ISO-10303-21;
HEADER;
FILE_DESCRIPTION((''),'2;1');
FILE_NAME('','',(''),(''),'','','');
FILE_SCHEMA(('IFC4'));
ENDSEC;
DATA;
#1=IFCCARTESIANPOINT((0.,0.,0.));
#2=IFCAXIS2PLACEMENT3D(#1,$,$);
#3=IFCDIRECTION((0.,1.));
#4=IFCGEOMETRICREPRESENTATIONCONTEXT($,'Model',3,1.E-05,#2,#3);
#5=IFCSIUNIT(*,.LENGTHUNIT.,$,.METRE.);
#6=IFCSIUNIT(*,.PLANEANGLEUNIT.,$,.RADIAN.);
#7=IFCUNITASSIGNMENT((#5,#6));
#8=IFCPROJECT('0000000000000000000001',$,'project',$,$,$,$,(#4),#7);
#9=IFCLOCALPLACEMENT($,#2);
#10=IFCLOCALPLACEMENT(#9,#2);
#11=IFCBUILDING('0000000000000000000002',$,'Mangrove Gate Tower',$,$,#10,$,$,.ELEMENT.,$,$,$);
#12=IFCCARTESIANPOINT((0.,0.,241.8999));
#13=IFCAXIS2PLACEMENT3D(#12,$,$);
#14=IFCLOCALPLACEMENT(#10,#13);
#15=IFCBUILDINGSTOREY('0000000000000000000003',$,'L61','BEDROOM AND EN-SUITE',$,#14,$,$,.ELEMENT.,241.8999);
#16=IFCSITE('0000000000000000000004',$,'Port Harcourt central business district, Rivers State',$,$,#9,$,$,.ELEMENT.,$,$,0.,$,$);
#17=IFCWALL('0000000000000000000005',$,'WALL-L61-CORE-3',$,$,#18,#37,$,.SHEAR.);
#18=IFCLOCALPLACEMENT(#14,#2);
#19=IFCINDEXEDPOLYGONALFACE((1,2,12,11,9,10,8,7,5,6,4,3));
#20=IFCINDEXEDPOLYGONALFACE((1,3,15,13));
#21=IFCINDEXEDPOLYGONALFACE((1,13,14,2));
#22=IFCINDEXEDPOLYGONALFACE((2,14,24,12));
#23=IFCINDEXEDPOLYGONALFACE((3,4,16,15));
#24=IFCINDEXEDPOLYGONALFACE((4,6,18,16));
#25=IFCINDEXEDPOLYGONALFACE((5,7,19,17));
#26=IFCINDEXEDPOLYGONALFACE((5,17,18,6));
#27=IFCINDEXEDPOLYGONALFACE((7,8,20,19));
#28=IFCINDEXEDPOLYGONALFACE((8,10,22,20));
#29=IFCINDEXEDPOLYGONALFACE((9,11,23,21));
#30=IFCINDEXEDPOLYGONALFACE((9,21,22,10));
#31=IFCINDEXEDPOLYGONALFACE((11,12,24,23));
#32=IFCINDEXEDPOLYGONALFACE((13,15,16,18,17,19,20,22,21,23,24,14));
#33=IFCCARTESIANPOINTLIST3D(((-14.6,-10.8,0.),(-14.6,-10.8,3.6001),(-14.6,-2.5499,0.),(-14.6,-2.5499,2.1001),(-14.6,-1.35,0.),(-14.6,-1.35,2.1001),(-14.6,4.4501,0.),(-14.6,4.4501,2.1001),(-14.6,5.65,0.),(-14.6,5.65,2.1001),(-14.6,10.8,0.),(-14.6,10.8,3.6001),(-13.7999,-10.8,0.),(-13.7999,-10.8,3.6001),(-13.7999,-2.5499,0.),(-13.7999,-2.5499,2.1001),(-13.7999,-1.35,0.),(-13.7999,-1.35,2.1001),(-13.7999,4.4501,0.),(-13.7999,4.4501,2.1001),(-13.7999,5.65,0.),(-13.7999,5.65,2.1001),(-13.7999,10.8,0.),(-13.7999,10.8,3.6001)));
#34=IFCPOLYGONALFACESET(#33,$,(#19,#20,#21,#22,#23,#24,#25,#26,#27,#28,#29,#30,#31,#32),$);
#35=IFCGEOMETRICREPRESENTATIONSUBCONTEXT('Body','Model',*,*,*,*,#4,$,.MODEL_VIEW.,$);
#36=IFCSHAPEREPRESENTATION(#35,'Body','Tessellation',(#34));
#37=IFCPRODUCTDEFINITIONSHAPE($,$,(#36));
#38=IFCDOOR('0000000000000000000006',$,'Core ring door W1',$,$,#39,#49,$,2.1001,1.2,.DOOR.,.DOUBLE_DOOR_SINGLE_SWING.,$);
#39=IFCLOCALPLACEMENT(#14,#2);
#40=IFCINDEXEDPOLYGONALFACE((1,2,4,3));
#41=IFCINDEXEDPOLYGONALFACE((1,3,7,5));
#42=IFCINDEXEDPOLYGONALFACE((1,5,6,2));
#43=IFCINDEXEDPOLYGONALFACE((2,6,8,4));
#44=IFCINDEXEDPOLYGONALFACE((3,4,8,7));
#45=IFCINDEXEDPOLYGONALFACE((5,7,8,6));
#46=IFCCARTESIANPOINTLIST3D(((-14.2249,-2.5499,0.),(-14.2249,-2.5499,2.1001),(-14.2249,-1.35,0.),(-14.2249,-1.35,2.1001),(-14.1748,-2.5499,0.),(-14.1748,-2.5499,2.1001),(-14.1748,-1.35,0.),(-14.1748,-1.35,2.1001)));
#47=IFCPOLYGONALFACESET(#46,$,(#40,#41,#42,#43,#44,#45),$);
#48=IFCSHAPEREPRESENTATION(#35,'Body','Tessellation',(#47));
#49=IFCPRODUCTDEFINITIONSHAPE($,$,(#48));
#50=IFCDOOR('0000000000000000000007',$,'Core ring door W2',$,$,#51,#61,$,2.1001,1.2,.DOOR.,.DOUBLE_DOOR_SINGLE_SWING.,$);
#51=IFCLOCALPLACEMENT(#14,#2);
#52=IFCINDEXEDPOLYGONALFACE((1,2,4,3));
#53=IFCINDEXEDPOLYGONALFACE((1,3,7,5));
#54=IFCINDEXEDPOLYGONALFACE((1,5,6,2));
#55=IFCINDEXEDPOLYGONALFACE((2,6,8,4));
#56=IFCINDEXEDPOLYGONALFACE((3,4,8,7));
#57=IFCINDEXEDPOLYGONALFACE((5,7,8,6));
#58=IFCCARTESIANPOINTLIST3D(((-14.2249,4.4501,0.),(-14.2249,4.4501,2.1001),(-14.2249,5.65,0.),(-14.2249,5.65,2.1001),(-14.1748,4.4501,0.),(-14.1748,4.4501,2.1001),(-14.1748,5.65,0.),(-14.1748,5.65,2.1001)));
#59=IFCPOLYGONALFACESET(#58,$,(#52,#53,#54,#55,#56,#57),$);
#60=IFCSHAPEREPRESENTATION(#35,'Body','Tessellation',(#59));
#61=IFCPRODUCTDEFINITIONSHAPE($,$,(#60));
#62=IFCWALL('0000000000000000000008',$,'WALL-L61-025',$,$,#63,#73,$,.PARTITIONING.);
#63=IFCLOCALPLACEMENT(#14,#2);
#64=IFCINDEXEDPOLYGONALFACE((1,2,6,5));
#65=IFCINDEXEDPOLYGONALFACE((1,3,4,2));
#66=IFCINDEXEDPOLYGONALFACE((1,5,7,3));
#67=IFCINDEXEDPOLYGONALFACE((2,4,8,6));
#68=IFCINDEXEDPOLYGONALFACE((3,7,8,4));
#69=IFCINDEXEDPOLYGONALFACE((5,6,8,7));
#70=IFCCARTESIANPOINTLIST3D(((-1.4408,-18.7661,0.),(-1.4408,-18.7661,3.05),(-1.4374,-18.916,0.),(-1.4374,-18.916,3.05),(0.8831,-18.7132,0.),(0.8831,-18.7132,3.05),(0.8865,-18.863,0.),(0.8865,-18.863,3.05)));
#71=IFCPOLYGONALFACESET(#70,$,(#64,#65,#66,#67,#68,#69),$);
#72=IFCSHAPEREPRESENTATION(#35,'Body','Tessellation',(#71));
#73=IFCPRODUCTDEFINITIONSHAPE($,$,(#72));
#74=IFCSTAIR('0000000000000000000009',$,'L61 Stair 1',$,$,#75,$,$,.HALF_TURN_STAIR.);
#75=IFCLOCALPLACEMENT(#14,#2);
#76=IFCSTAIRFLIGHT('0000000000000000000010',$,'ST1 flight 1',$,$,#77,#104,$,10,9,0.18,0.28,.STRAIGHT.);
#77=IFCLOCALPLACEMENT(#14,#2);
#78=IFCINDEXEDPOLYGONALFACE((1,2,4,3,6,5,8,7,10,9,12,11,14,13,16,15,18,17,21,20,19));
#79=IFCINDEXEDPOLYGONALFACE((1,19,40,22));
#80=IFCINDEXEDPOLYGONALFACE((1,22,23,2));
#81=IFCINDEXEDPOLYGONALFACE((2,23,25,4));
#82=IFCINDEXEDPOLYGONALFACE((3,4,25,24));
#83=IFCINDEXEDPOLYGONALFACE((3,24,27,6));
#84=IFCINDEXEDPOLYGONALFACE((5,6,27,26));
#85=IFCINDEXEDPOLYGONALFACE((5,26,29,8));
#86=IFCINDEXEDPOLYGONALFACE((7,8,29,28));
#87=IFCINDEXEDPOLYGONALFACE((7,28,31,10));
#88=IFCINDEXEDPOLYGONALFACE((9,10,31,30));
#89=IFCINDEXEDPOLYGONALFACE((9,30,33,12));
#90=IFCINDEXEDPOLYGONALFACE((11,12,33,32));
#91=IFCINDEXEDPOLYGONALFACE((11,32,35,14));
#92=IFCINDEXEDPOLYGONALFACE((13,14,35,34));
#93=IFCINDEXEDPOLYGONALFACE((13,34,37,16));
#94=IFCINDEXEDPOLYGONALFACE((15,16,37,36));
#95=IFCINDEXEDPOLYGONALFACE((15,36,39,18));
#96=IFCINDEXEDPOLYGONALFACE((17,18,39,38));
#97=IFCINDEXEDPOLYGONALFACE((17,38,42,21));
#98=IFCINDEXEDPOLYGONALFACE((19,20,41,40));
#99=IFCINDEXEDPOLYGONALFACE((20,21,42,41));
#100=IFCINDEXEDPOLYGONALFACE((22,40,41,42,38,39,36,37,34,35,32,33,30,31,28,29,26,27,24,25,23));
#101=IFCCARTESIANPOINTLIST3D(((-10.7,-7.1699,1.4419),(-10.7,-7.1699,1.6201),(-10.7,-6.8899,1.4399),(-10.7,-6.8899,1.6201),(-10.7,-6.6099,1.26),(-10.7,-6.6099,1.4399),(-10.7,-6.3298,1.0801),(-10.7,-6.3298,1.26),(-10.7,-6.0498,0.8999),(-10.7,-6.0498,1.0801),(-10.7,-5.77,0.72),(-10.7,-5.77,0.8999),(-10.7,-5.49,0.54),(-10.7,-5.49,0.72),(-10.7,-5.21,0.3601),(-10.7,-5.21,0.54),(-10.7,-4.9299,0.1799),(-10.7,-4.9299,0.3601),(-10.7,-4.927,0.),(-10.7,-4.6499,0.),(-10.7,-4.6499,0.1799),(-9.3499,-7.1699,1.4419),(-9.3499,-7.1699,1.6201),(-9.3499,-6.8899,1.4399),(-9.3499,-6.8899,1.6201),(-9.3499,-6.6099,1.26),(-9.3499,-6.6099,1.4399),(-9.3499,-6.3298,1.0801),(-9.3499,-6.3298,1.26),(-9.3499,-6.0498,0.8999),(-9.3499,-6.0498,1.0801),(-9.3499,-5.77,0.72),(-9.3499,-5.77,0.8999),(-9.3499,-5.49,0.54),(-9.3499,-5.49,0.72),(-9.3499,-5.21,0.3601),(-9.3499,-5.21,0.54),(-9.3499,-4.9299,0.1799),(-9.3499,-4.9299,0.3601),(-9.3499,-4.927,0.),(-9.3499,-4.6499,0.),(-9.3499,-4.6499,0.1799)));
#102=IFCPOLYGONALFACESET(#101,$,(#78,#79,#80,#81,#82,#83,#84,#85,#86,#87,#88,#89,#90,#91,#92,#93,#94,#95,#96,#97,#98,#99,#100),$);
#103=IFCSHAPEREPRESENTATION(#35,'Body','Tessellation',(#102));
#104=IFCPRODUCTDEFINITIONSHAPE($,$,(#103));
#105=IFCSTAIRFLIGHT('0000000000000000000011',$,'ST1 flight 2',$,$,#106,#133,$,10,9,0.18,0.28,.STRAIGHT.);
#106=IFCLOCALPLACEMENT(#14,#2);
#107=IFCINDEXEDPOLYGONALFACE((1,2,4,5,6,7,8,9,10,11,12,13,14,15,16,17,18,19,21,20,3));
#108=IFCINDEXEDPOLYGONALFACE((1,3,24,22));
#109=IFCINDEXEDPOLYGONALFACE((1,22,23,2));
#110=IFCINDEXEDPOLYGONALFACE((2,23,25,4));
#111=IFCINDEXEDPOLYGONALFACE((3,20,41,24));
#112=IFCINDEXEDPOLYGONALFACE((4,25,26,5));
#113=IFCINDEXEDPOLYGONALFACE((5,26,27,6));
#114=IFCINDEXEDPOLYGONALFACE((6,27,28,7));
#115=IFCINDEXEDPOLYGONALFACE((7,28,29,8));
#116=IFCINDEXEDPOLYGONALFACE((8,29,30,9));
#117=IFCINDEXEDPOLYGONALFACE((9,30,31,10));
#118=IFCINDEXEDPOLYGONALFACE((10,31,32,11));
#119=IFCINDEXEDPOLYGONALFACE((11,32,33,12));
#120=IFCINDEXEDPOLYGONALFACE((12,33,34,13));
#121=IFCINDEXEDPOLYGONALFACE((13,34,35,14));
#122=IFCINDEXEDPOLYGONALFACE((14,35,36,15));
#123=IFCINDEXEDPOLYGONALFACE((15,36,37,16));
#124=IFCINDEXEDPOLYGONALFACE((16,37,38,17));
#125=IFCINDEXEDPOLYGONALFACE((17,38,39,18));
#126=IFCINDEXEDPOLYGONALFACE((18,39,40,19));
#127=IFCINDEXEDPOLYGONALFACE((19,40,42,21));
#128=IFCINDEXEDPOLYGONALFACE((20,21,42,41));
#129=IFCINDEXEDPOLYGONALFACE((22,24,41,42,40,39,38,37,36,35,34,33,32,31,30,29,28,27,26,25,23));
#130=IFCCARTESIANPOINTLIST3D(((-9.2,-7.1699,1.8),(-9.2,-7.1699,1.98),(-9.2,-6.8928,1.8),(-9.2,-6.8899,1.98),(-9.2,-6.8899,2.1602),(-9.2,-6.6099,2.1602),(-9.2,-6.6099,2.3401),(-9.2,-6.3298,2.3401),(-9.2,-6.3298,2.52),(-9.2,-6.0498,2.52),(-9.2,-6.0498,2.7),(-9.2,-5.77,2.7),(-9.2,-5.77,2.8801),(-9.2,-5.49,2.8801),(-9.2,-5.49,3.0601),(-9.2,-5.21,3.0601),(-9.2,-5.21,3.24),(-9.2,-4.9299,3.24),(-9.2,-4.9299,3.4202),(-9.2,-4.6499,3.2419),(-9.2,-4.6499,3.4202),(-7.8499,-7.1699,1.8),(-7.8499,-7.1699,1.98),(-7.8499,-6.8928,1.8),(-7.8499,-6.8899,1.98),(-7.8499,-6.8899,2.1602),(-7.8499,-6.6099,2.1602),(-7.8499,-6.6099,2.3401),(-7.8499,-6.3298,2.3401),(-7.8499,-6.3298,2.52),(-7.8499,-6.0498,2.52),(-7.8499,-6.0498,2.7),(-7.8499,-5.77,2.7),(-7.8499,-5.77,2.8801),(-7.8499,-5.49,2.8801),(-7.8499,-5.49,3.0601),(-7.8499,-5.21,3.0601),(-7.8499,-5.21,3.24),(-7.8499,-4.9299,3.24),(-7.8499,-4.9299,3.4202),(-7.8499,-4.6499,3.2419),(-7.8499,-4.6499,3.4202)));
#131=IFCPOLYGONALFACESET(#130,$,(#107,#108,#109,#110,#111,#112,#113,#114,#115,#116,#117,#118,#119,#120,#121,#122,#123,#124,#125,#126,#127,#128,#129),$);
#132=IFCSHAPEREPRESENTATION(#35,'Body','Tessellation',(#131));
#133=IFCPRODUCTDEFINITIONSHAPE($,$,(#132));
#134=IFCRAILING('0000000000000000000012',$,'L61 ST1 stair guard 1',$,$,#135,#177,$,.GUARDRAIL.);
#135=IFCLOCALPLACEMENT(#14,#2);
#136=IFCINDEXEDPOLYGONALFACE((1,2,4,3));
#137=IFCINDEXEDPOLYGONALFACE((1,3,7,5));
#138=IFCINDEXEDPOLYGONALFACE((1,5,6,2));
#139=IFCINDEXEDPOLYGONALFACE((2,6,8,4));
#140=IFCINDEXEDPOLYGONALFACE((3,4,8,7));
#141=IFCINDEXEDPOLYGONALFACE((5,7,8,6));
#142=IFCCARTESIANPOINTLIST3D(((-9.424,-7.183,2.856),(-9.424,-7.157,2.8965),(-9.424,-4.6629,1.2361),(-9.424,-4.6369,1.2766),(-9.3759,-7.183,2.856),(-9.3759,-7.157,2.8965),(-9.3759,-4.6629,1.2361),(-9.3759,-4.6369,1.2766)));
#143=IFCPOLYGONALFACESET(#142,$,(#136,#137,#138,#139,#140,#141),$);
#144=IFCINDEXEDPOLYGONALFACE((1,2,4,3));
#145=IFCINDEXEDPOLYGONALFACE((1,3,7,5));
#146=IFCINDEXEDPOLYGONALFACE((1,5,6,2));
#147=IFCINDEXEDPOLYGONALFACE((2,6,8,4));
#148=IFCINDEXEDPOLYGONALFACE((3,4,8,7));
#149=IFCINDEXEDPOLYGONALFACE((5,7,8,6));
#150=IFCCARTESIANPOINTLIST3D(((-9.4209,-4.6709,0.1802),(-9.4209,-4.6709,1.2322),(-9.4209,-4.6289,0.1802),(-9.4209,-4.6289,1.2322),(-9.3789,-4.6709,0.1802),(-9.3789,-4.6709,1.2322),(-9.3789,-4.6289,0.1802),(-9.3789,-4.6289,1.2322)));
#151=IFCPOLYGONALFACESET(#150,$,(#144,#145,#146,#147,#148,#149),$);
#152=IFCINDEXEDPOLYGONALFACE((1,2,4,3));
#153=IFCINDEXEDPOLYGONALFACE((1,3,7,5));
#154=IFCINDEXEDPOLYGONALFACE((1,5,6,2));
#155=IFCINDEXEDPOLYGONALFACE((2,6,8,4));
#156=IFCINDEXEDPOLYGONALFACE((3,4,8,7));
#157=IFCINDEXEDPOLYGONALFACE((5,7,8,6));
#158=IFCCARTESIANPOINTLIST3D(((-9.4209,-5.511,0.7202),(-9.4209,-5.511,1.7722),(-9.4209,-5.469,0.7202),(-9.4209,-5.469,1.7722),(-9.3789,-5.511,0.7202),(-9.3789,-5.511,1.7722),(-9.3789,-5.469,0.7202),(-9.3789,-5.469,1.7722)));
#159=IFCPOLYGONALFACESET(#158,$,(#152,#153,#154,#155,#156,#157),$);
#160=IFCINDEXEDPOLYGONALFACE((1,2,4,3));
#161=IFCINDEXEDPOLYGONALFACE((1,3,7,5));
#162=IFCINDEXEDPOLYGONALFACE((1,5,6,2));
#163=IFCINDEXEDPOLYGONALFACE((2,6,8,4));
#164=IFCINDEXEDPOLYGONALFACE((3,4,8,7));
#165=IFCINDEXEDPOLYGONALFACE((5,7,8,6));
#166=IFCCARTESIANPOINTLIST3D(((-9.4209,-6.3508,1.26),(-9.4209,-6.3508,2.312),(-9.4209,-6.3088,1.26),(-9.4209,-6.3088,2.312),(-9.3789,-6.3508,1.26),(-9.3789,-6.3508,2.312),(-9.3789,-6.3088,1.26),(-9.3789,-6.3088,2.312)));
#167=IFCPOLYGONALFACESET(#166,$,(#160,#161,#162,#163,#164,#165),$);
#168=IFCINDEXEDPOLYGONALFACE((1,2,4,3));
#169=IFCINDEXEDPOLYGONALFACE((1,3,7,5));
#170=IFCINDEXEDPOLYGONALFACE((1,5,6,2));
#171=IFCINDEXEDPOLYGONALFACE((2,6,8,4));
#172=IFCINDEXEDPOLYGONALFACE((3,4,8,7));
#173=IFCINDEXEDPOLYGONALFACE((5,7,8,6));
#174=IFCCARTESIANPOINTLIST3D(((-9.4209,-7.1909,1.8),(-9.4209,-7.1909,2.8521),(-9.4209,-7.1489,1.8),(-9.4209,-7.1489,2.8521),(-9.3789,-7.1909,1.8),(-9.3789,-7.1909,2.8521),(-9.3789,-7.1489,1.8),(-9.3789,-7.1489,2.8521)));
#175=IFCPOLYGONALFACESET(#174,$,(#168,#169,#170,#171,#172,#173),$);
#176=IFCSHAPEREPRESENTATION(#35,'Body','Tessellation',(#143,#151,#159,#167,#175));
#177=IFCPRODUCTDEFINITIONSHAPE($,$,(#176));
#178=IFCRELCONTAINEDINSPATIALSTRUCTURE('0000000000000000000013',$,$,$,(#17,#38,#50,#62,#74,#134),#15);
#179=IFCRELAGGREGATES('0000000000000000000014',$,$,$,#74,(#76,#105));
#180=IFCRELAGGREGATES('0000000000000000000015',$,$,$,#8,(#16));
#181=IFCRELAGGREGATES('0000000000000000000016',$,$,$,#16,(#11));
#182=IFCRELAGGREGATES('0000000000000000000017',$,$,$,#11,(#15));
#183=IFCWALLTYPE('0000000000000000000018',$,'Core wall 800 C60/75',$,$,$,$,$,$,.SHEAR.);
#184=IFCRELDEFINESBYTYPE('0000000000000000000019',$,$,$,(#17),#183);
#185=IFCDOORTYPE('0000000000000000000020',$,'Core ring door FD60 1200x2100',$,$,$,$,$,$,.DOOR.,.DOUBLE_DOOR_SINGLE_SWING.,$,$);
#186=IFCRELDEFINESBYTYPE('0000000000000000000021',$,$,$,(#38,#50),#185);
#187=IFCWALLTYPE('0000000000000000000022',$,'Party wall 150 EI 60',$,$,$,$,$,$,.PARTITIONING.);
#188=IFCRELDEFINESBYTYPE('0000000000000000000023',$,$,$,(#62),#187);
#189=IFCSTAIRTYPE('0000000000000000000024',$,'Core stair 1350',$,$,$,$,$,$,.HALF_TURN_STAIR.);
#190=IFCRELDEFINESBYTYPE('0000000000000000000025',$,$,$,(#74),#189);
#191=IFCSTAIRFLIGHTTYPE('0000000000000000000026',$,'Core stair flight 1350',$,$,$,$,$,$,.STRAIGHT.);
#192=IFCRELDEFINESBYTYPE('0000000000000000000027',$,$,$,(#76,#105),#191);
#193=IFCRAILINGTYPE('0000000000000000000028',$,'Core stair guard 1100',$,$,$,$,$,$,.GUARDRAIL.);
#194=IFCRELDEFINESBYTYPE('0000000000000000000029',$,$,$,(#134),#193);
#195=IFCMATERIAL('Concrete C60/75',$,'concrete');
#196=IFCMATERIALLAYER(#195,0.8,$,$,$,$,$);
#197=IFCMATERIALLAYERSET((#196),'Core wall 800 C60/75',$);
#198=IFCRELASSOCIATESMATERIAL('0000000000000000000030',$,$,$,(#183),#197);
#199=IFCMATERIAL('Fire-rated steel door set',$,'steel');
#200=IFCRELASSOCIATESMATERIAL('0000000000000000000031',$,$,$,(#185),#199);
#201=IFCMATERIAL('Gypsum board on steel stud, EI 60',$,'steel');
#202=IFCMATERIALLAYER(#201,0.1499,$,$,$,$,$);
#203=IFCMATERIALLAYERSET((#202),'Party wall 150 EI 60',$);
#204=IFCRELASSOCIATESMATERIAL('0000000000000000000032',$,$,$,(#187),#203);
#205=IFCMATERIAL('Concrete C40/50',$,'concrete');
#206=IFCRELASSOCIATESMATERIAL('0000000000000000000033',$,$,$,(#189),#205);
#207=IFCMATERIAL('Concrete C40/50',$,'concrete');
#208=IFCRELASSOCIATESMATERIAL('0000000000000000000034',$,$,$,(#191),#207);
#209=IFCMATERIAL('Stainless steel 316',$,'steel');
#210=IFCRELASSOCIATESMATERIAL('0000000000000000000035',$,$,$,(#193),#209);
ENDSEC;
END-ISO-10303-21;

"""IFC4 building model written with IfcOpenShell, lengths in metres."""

from ifc_helpers import new_model, si_unit, direction, frame, frame_2d, origin, origin_2d, place, context, subcontext, project, spatial, polyline, rectangle, outline, extrude, material, layer, layer_set, type_object, element, fill, aggregate, save


model = new_model("IFC4")

# Units and contexts
model_context = context("Model", 3, precision=1e-05, world=origin(), true_north=direction((0.0, 1.0)))
body_context = subcontext(model_context, "Body", "Model", "MODEL_VIEW")
ifc_project = project(units=[si_unit("LENGTHUNIT", "METRE"), si_unit("PLANEANGLEUNIT", "RADIAN")], contexts=[model_context])

# Site, building, storey
site_placement = place(None, origin())
site = spatial("IfcSite", under=ifc_project, at=site_placement, Name="Port Harcourt central business district, Rivers State", CompositionType="ELEMENT", RefElevation=0.0)
building_placement = place(site_placement, origin())
building = spatial("IfcBuilding", under=site, at=building_placement, Name="Mangrove Gate Tower", CompositionType="ELEMENT")
storey_placement = place(building_placement, frame((0.0, 0.0, 241.8999)))
storey = spatial("IfcBuildingStorey", under=building, at=storey_placement, Name="L61", Description="BEDROOM AND EN-SUITE", CompositionType="ELEMENT", Elevation=241.8999)

# Shared definitions
ifc_material_1 = material(Name="Concrete C60/75", Category="concrete")
ifc_layer_1 = layer(ifc_material_1, 0.8)
ifc_layer_set_1 = layer_set([ifc_layer_1], Name="Core wall 800 C60/75")
wall_type_1 = type_object("IfcWallType", Name="Core wall 800 C60/75", PredefinedType="SHEAR", material=ifc_layer_set_1)

# Wall, openings, doors
wall_1_placement = place(storey_placement, frame((-14.2, -10.8, 0.0), z_axis=(0.0, 0.0, 1.0), x_axis=(0.0, 1.0, 0.0)))
wall_1 = element("IfcWall", 1, at=wall_1_placement, inside=storey, type_object=wall_type_1, Name="WALL-L61-CORE-3", PredefinedType="SHEAR", context=body_context, shape_type="SweptSolid", body=[
    extrude(rectangle(XDim=21.6001, YDim=0.8, at=frame_2d((10.8, 0.0))), origin(), (0.0, 0.0, 1.0), 3.6001),
])
opening_1_placement = place(wall_1_placement, frame((8.25, 0.0, 0.0)))
opening_1 = element("IfcOpeningElement", 2, at=opening_1_placement, cuts=wall_1, PredefinedType="OPENING", context=body_context, shape_type="SweptSolid", body=[
    extrude(rectangle(XDim=1.2, YDim=2.1001, at=frame_2d((0.6001, 1.05))), frame((0.0, 0.4099, 0.0), z_axis=(0.0, -1.0, 0.0), x_axis=(1.0, 0.0, 0.0)), (0.0, 0.0, 1.0), 0.8201),
])
opening_2_placement = place(wall_1_placement, frame((15.25, 0.0, 0.0)))
opening_2 = element("IfcOpeningElement", 3, at=opening_2_placement, cuts=wall_1, PredefinedType="OPENING", context=body_context, shape_type="SweptSolid", body=[
    extrude(rectangle(XDim=1.2, YDim=2.1001, at=frame_2d((0.6001, 1.05))), frame((0.0, 0.4099, 0.0), z_axis=(0.0, -1.0, 0.0), x_axis=(1.0, 0.0, 0.0)), (0.0, 0.0, 1.0), 0.8201),
])
ifc_material_2 = material(Name="Fire-rated steel door set", Category="steel")
door_type_1 = type_object("IfcDoorType", Name="Core ring door FD60 1200x2100", OperationType="DOUBLE_DOOR_SINGLE_SWING", PredefinedType="DOOR", material=ifc_material_2)
door_1_placement = place(opening_1_placement, origin())
door_1 = element("IfcDoor", 4, at=door_1_placement, inside=storey, type_object=door_type_1, Name="Core ring door W1", OperationType="DOUBLE_DOOR_SINGLE_SWING", OverallHeight=2.1001, OverallWidth=1.2, PredefinedType="DOOR", context=body_context, shape_type="SweptSolid", body=[
    extrude(rectangle(XDim=1.2, YDim=2.1001, at=frame_2d((0.6001, 1.05))), frame((0.0, 0.0249, 0.0), z_axis=(0.0, -1.0, 0.0), x_axis=(1.0, 0.0, 0.0)), (0.0, 0.0, 1.0), 0.05),
])
fill(opening_1, door_1)
door_2_placement = place(opening_2_placement, origin())
door_2 = element("IfcDoor", 5, at=door_2_placement, inside=storey, type_object=door_type_1, Name="Core ring door W2", OperationType="DOUBLE_DOOR_SINGLE_SWING", OverallHeight=2.1001, OverallWidth=1.2, PredefinedType="DOOR", context=body_context, shape_type="SweptSolid", body=[
    extrude(rectangle(XDim=1.2, YDim=2.1001, at=frame_2d((0.6001, 1.05))), frame((0.0, 0.0249, 0.0), z_axis=(0.0, -1.0, 0.0), x_axis=(1.0, 0.0, 0.0)), (0.0, 0.0, 1.0), 0.05),
])
fill(opening_2, door_2)

# Wall
ifc_material_3 = material(Name="Gypsum board on steel stud, EI 60", Category="steel")
ifc_layer_2 = layer(ifc_material_3, 0.1499)
ifc_layer_set_2 = layer_set([ifc_layer_2], Name="Party wall 150 EI 60")
wall_type_2 = type_object("IfcWallType", Name="Party wall 150 EI 60", PredefinedType="PARTITIONING", material=ifc_layer_set_2)
wall_2_placement = place(storey_placement, frame((-1.439, -18.8411, 0.0), z_axis=(0.0, 0.0, 1.0), x_axis=(0.99974, 0.022791, 0.0)))
element("IfcWall", 6, at=wall_2_placement, inside=storey, type_object=wall_type_2, Name="WALL-L61-025", PredefinedType="PARTITIONING", context=body_context, shape_type="SweptSolid", body=[
    extrude(rectangle(XDim=2.3245, YDim=0.1499, at=frame_2d((1.1621, 0.0))), origin(), (0.0, 0.0, 1.0), 3.05),
])

# Stair, stair flights
ifc_material_4 = material(Name="Concrete C40/50", Category="concrete")
stair_type = type_object("IfcStairType", Name="Core stair 1350", PredefinedType="HALF_TURN_STAIR", material=ifc_material_4)
stair_placement = place(storey_placement, origin())
stair = element("IfcStair", 7, at=stair_placement, inside=storey, type_object=stair_type, Name="L61 Stair 1", PredefinedType="HALF_TURN_STAIR")
ifc_material_5 = material(Name="Concrete C40/50", Category="concrete")
stair_flight_type = type_object("IfcStairFlightType", Name="Core stair flight 1350", PredefinedType="STRAIGHT", material=ifc_material_5)
stair_flight_1_placement = place(storey_placement, frame((-10.0249, -4.6499, 0.0), z_axis=(0.0, 0.0, 1.0), x_axis=(0.0, -1.0, 0.0)))
stair_flight_1 = element("IfcStairFlight", 8, at=stair_flight_1_placement, type_object=stair_flight_type, Name="ST1 flight 1", NumberOfRisers=10, NumberOfTreads=9, PredefinedType="STRAIGHT", RiserHeight=0.18, TreadLength=0.28, context=body_context, shape_type="SweptSolid", body=[
    extrude(outline(polyline([(0.0, 0.0), (0.0, 0.1799), (0.28, 0.1799), (0.28, 0.3601), (0.5601, 0.3601), (0.5601, 0.54), (0.8401, 0.54), (0.8401, 0.72), (1.1201, 0.72), (1.1201, 0.8999), (1.3999, 0.8999), (1.3999, 1.0801), (1.6799, 1.0801), (1.6799, 1.26), (1.96, 1.26), (1.96, 1.4399), (2.24, 1.4399), (2.24, 1.6201), (2.52, 1.6201), (2.52, 1.8), (2.52, 1.4419), (0.2771, 0.0), (0.0, 0.0)])), frame((0.0, 0.675, 0.0), z_axis=(0.0, -1.0, 0.0), x_axis=(1.0, 0.0, 0.0)), (0.0, 0.0, 1.0), 1.3501),
])
stair_flight_2_placement = place(storey_placement, frame((-8.5249, -7.1699, 1.8), z_axis=(0.0, 0.0, 1.0), x_axis=(0.0, 1.0, 0.0)))
stair_flight_2 = element("IfcStairFlight", 9, at=stair_flight_2_placement, type_object=stair_flight_type, Name="ST1 flight 2", NumberOfRisers=10, NumberOfTreads=9, PredefinedType="STRAIGHT", RiserHeight=0.18, TreadLength=0.28, context=body_context, shape_type="SweptSolid", body=[
    extrude(outline(polyline([(0.0, 0.0), (0.0, 0.1799), (0.28, 0.1799), (0.28, 0.3601), (0.5601, 0.3601), (0.5601, 0.54), (0.8401, 0.54), (0.8401, 0.72), (1.1201, 0.72), (1.1201, 0.8999), (1.3999, 0.8999), (1.3999, 1.0801), (1.6799, 1.0801), (1.6799, 1.26), (1.96, 1.26), (1.96, 1.4399), (2.24, 1.4399), (2.24, 1.6201), (2.52, 1.6201), (2.52, 1.8), (2.52, 1.4419), (0.2771, 0.0), (0.0, 0.0)])), frame((0.0, 0.675, 0.0), z_axis=(0.0, -1.0, 0.0), x_axis=(1.0, 0.0, 0.0)), (0.0, 0.0, 1.0), 1.3501),
])
aggregate(stair, [stair_flight_1, stair_flight_2])

# Railing
ifc_material_6 = material(Name="Stainless steel 316", Category="steel")
railing_type_1 = type_object("IfcRailingType", Name="Core stair guard 1100", PredefinedType="GUARDRAIL", material=ifc_material_6)
railing_1_placement = place(storey_placement, frame((-9.3999, -4.6499, 0.1802)))
element("IfcRailing", 10, at=railing_1_placement, inside=storey, type_object=railing_type_1, Name="L61 ST1 stair guard 1", PredefinedType="GUARDRAIL", context=body_context, shape_type="SweptSolid", body=[
    extrude(rectangle(XDim=0.0481, YDim=0.0481, at=origin_2d()), frame((0.0, 0.0, 1.0762), z_axis=(0.0, -0.8412, 0.540725), x_axis=(1.0, 0.0, 0.0)), (0.0, 0.0, 1.0), 2.9958),
    extrude(rectangle(XDim=0.042, YDim=0.042, at=origin_2d()), origin(), (0.0, 0.0, 1.0), 1.052),
    extrude(rectangle(XDim=0.042, YDim=0.042, at=origin_2d()), frame((0.0, -0.8401, 0.54)), (0.0, 0.0, 1.0), 1.052),
    extrude(rectangle(XDim=0.042, YDim=0.042, at=origin_2d()), frame((0.0, -1.6799, 1.0798)), (0.0, 0.0, 1.0), 1.052),
    extrude(rectangle(XDim=0.042, YDim=0.042, at=origin_2d()), frame((0.0, -2.52, 1.6199)), (0.0, 0.0, 1.0), 1.052),
])

save(model, "model.ifc")
